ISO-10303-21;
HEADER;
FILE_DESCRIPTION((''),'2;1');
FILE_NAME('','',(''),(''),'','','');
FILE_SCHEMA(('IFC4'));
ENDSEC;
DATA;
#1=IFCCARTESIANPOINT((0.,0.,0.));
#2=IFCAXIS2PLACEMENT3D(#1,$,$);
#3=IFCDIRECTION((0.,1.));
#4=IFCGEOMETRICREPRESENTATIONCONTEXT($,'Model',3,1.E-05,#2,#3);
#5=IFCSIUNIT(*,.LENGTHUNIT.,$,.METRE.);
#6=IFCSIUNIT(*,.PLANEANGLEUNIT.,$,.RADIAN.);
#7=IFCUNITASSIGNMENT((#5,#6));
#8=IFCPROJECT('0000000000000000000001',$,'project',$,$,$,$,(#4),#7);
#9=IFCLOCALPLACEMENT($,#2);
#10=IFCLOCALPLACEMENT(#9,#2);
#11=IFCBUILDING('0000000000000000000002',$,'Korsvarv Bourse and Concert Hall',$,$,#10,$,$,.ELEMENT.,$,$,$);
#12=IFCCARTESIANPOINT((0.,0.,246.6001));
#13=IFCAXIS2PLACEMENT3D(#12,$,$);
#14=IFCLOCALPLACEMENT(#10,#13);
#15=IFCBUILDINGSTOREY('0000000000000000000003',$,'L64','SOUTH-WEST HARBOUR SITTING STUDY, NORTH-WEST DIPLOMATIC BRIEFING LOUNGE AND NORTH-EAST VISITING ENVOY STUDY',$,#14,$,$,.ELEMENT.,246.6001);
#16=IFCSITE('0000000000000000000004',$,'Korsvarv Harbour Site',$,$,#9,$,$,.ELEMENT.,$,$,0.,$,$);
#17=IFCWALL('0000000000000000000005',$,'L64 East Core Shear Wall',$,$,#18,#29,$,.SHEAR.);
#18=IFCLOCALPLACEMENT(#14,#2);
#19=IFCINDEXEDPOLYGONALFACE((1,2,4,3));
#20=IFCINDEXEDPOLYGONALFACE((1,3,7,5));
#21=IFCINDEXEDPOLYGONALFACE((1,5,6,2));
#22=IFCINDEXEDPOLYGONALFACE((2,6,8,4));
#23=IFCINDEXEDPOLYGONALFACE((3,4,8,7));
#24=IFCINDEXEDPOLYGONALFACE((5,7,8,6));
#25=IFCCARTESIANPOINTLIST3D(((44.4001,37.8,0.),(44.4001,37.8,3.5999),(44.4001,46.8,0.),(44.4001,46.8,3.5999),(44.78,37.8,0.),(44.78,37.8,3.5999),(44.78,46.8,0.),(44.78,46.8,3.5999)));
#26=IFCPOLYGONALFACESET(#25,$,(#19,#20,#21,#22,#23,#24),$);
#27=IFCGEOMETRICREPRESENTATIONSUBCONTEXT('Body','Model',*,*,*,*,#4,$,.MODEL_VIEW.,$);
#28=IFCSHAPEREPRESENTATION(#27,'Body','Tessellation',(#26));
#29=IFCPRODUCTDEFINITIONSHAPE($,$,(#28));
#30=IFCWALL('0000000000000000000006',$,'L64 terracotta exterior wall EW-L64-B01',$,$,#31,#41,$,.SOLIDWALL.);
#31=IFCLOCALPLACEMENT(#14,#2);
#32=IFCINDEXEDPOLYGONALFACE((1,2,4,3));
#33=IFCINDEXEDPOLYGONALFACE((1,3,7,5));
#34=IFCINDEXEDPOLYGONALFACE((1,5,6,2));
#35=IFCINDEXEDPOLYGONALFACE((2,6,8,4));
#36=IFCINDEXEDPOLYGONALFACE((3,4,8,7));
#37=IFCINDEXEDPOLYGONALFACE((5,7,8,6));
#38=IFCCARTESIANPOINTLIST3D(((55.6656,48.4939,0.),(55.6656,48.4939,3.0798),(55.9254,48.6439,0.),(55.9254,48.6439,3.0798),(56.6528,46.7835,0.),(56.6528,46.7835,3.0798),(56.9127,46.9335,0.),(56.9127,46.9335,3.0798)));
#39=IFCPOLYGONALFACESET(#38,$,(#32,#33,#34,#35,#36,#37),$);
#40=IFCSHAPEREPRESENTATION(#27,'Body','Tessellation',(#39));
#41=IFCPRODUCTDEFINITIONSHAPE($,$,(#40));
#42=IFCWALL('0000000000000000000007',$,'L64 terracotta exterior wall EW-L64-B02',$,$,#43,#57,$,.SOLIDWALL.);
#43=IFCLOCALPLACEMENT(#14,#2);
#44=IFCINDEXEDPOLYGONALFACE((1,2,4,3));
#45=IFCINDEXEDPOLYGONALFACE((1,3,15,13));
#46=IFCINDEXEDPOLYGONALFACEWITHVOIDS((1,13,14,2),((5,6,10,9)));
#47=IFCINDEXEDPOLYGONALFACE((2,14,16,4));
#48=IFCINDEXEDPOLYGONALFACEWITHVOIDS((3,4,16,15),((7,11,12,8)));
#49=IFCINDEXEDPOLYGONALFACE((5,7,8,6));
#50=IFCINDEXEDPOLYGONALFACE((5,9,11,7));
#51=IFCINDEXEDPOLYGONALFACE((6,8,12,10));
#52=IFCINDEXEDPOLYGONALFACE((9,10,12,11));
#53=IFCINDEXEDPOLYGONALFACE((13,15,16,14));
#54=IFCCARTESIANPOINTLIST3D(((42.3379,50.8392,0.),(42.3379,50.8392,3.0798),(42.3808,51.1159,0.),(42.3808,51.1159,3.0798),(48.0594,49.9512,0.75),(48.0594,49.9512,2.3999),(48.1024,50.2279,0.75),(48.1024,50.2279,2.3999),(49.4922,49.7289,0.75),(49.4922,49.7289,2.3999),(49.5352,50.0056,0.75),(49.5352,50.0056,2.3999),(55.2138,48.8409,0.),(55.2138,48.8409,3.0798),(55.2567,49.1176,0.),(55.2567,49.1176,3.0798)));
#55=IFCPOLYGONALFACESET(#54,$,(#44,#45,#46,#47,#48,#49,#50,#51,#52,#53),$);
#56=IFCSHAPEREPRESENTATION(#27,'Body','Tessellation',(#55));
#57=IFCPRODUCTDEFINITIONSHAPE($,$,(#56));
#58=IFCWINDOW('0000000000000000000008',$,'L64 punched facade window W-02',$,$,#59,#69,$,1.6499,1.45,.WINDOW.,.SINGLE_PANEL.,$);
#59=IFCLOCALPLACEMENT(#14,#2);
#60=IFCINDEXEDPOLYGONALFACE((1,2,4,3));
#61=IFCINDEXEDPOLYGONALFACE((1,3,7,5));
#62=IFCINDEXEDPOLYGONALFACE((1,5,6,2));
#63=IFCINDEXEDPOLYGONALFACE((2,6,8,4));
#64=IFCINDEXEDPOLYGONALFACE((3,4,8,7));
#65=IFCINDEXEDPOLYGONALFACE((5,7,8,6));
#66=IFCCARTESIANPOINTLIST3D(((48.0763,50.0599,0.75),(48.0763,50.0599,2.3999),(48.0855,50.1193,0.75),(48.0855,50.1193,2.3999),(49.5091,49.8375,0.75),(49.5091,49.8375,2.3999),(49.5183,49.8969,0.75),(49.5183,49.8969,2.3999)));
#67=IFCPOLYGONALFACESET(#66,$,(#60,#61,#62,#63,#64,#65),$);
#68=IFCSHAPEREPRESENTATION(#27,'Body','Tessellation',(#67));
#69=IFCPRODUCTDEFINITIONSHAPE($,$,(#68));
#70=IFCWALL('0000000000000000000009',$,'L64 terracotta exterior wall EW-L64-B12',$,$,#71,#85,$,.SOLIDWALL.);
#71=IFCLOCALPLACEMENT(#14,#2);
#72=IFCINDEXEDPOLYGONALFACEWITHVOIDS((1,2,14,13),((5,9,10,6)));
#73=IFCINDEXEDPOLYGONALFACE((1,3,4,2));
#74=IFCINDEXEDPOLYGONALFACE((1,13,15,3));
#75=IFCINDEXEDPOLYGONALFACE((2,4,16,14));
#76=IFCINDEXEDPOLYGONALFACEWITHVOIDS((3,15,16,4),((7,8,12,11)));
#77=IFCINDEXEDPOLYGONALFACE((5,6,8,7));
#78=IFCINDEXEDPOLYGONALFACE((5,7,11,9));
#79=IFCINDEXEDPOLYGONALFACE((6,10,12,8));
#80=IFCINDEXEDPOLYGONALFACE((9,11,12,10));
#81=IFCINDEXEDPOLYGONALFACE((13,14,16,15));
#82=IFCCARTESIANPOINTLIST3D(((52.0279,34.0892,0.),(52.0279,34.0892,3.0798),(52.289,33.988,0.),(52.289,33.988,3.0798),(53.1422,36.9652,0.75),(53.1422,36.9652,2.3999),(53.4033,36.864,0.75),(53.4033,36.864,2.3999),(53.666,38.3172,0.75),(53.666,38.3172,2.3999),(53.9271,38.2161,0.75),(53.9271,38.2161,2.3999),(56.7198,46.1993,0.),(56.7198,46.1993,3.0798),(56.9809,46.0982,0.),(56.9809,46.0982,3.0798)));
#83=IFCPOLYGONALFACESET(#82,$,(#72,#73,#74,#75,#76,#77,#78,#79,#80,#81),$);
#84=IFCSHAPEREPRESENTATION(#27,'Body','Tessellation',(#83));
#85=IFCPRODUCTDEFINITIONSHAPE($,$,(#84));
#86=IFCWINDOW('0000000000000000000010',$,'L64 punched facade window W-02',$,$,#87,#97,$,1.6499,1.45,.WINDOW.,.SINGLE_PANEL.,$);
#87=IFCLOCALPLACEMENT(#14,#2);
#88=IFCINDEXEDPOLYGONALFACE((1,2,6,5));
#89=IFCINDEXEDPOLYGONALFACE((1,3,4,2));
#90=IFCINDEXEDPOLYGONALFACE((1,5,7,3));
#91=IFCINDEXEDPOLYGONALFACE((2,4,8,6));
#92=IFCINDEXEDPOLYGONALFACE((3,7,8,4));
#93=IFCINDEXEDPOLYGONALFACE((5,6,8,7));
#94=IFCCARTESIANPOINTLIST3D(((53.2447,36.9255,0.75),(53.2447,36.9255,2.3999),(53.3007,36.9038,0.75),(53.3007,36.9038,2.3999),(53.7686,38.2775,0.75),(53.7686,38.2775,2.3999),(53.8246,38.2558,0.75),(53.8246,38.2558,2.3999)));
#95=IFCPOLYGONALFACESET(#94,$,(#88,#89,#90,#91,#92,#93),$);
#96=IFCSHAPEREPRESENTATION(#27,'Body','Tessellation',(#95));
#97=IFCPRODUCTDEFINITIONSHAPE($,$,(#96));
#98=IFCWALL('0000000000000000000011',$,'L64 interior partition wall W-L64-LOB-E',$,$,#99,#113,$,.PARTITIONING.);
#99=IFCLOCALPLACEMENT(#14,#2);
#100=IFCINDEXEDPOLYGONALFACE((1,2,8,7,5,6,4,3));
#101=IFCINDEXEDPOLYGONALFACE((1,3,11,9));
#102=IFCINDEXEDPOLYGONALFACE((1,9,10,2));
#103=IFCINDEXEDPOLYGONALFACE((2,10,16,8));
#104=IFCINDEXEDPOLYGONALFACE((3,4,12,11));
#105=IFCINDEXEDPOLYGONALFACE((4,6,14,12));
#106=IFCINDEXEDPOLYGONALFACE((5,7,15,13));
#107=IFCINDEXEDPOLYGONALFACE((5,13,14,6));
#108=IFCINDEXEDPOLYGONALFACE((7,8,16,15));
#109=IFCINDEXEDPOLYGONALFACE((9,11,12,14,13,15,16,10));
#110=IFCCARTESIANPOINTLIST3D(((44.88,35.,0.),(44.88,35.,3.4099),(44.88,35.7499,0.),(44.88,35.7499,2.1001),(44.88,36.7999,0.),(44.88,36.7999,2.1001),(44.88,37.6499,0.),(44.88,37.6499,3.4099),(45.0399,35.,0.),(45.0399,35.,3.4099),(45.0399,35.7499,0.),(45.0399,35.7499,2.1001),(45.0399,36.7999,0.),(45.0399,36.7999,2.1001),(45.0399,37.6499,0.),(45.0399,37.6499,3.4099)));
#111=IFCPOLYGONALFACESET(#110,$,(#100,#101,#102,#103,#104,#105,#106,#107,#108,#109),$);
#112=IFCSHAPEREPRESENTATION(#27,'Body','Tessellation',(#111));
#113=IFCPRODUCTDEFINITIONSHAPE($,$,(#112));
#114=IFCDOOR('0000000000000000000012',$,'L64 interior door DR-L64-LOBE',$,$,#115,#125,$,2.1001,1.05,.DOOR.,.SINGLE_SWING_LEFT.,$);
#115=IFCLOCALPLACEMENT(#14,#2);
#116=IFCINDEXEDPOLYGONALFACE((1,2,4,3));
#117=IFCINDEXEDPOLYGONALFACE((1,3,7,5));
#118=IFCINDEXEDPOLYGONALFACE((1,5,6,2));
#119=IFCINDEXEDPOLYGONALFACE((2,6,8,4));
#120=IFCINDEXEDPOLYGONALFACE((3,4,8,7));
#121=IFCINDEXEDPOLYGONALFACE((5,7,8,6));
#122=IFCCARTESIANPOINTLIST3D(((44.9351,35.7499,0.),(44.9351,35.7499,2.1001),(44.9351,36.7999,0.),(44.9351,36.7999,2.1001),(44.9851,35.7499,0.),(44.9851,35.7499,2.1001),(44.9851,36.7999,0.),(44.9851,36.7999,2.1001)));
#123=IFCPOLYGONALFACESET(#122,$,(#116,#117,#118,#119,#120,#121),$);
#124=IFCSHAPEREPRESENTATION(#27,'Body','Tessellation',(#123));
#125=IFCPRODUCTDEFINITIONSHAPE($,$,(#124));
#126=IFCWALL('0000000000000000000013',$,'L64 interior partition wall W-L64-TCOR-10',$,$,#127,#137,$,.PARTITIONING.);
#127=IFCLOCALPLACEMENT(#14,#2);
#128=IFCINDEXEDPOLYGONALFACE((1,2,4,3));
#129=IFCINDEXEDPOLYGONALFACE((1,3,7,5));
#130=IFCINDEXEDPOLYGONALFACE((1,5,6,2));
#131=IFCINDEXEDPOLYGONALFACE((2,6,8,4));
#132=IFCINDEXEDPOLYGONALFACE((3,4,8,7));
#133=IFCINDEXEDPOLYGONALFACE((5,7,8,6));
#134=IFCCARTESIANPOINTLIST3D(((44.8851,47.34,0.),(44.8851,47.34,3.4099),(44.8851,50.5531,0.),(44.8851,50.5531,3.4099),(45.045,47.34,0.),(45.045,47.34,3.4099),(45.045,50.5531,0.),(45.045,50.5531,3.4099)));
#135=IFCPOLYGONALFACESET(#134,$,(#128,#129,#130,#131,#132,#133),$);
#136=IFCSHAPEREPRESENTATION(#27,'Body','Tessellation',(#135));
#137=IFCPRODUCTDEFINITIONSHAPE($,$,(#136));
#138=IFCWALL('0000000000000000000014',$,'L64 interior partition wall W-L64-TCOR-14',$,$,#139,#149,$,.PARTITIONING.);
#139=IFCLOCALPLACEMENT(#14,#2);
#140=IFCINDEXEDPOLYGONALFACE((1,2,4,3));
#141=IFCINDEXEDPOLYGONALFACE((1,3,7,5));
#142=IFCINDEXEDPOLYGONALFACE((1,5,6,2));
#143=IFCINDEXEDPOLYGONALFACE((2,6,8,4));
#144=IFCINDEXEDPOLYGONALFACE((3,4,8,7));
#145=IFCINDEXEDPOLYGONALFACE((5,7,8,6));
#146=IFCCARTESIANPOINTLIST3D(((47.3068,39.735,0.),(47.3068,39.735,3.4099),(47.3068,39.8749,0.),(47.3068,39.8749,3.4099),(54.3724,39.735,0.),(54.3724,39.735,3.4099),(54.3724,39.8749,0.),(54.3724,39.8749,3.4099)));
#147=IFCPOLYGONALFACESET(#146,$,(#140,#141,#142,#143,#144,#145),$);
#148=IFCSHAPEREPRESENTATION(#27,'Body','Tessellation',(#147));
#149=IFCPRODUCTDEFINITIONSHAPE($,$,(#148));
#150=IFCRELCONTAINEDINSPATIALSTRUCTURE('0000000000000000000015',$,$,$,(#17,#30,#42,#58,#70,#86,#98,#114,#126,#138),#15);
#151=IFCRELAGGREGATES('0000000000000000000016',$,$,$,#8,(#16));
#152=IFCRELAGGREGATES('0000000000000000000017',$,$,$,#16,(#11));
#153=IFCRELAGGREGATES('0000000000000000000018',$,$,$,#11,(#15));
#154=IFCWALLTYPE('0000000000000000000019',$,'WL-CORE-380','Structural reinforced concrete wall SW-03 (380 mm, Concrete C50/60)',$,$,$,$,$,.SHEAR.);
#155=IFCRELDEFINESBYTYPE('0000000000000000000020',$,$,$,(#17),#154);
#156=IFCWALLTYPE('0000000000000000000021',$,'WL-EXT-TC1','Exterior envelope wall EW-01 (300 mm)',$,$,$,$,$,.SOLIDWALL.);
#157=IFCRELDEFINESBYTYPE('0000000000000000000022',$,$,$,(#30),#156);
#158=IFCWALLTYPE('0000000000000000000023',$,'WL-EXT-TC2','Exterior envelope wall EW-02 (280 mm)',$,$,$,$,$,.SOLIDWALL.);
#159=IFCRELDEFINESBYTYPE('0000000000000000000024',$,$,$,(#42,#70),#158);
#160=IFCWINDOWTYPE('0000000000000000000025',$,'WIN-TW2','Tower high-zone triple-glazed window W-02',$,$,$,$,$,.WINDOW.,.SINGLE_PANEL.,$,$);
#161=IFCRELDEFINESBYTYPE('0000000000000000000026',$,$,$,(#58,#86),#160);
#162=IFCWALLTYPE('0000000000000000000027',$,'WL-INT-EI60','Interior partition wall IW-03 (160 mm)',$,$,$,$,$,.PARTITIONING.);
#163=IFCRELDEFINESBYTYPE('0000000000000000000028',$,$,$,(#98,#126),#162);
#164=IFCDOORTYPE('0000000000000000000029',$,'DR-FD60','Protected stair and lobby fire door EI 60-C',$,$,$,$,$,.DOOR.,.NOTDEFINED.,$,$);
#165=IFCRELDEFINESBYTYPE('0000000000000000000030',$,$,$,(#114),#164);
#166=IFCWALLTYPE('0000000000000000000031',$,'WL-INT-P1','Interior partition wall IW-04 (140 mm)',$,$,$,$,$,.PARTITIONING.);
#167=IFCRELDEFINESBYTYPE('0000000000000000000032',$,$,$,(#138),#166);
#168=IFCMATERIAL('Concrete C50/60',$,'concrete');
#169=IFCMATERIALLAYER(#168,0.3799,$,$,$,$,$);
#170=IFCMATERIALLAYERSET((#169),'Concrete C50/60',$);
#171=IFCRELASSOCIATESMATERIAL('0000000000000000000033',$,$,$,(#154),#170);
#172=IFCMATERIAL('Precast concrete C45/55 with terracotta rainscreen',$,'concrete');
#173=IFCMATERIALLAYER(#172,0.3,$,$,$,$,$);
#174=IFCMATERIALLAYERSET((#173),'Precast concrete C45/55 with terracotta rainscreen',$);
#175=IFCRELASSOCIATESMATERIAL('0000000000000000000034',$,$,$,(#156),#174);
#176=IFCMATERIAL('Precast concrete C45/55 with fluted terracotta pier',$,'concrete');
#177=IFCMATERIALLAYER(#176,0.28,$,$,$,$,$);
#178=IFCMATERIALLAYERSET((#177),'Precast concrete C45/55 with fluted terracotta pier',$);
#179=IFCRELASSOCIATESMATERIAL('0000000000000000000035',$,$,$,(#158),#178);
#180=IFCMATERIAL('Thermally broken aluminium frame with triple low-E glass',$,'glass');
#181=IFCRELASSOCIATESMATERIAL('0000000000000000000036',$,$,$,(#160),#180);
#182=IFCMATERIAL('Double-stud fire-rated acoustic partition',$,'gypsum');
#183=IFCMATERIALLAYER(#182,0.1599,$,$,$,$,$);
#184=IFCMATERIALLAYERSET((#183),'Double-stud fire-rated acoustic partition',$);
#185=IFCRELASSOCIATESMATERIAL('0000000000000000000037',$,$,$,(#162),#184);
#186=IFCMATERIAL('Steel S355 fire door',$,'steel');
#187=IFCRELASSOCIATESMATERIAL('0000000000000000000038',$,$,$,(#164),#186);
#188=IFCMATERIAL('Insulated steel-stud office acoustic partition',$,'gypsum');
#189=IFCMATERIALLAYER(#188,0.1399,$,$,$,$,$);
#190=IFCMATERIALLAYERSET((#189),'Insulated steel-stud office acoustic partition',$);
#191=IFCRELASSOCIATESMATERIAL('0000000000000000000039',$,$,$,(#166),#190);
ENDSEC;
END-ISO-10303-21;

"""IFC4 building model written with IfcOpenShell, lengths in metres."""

from ifc_helpers import new_model, si_unit, direction, frame, frame_2d, origin, place, context, subcontext, project, spatial, rectangle, extrude, material, layer, layer_set, type_object, element, fill, save


model = new_model("IFC4")

# Units and contexts
model_context = context("Model", 3, precision=1e-05, world=origin(), true_north=direction((0.0, 1.0)))
body_context = subcontext(model_context, "Body", "Model", "MODEL_VIEW")
ifc_project = project(units=[si_unit("LENGTHUNIT", "METRE"), si_unit("PLANEANGLEUNIT", "RADIAN")], contexts=[model_context])

# Site, building, storey
site_placement = place(None, origin())
site = spatial("IfcSite", under=ifc_project, at=site_placement, Name="Korsvarv Harbour Site", CompositionType="ELEMENT", RefElevation=0.0)
building_placement = place(site_placement, origin())
building = spatial("IfcBuilding", under=site, at=building_placement, Name="Korsvarv Bourse and Concert Hall", CompositionType="ELEMENT")
storey_placement = place(building_placement, frame((0.0, 0.0, 246.6001)))
storey = spatial("IfcBuildingStorey", under=building, at=storey_placement, Name="L64", Description="SOUTH-WEST HARBOUR SITTING STUDY, NORTH-WEST DIPLOMATIC BRIEFING LOUNGE AND NORTH-EAST VISITING ENVOY STUDY", CompositionType="ELEMENT", Elevation=246.6001)

# Shared definitions
ifc_material_1 = material(Name="Concrete C50/60", Category="concrete")

# Walls
ifc_layer_1 = layer(ifc_material_1, 0.3799)
ifc_layer_set_1 = layer_set([ifc_layer_1], Name="Concrete C50/60")
wall_type_1 = type_object("IfcWallType", Name="WL-CORE-380", Description="Structural reinforced concrete wall SW-03 (380 mm, Concrete C50/60)", PredefinedType="SHEAR", material=ifc_layer_set_1)
wall_1_placement = place(storey_placement, frame((44.5901, 37.8, 0.0), z_axis=(0.0, 0.0, 1.0), x_axis=(0.0, 1.0, 0.0)))
element("IfcWall", 1, at=wall_1_placement, inside=storey, type_object=wall_type_1, Name="L64 East Core Shear Wall", PredefinedType="SHEAR", context=body_context, shape_type="SweptSolid", body=[
    extrude(rectangle(XDim=9.0, YDim=0.3799, at=frame_2d((4.5, 0.0))), origin(), (0.0, 0.0, 1.0), 3.5999),
])
ifc_material_2 = material(Name="Precast concrete C45/55 with terracotta rainscreen", Category="concrete")
ifc_layer_2 = layer(ifc_material_2, 0.3)
ifc_layer_set_2 = layer_set([ifc_layer_2], Name="Precast concrete C45/55 with terracotta rainscreen")
wall_type_2 = type_object("IfcWallType", Name="WL-EXT-TC1", Description="Exterior envelope wall EW-01 (300 mm)", PredefinedType="SOLIDWALL", material=ifc_layer_set_2)
wall_2_placement = place(storey_placement, frame((56.7827, 46.8586, 0.0), z_axis=(0.0, 0.0, 1.0), x_axis=(-0.499915, 0.866074, 0.0)))
element("IfcWall", 2, at=wall_2_placement, inside=storey, type_object=wall_type_2, Name="L64 terracotta exterior wall EW-L64-B01", PredefinedType="SOLIDWALL", context=body_context, shape_type="SweptSolid", body=[
    extrude(rectangle(XDim=1.9749, YDim=0.3, at=frame_2d((0.9873, 0.0))), origin(), (0.0, 0.0, 1.0), 3.0798),
])

# Walls, openings, windows
ifc_material_3 = material(Name="Precast concrete C45/55 with fluted terracotta pier", Category="concrete")
ifc_layer_3 = layer(ifc_material_3, 0.28)
ifc_layer_set_3 = layer_set([ifc_layer_3], Name="Precast concrete C45/55 with fluted terracotta pier")
wall_type_3 = type_object("IfcWallType", Name="WL-EXT-TC2", Description="Exterior envelope wall EW-02 (280 mm)", PredefinedType="SOLIDWALL", material=ifc_layer_set_3)
wall_3_placement = place(storey_placement, frame((55.2354, 48.9792, 0.0), z_axis=(0.0, 0.0, 1.0), x_axis=(-0.98817, 0.153359, 0.0)))
wall_3 = element("IfcWall", 3, at=wall_3_placement, inside=storey, type_object=wall_type_3, Name="L64 terracotta exterior wall EW-L64-B02", PredefinedType="SOLIDWALL", context=body_context, shape_type="SweptSolid", body=[
    extrude(rectangle(XDim=13.03, YDim=0.28, at=frame_2d((6.5151, 0.0))), origin(), (0.0, 0.0, 1.0), 3.0798),
])
opening_1_placement = place(wall_3_placement, frame((5.79, 0.0, 0.75)))
opening_1 = element("IfcOpeningElement", 4, at=opening_1_placement, cuts=wall_3, PredefinedType="OPENING", context=body_context, shape_type="SweptSolid", body=[
    extrude(rectangle(XDim=1.45, YDim=1.6499, at=frame_2d((0.7251, 0.825))), frame((0.0, 0.1499, 0.0), z_axis=(0.0, -1.0, 0.0), x_axis=(1.0, 0.0, 0.0)), (0.0, 0.0, 1.0), 0.3),
])
ifc_material_4 = material(Name="Thermally broken aluminium frame with triple low-E glass", Category="glass")
window_type = type_object("IfcWindowType", Name="WIN-TW2", Description="Tower high-zone triple-glazed window W-02", PartitioningType="SINGLE_PANEL", PredefinedType="WINDOW", material=ifc_material_4)
window_1_placement = place(opening_1_placement, origin())
window_1 = element("IfcWindow", 5, at=window_1_placement, inside=storey, type_object=window_type, Name="L64 punched facade window W-02", OverallHeight=1.6499, OverallWidth=1.45, PartitioningType="SINGLE_PANEL", PredefinedType="WINDOW", context=body_context, shape_type="SweptSolid", body=[
    extrude(rectangle(XDim=1.45, YDim=1.6499, at=frame_2d((0.7251, 0.825))), frame((0.0, 0.03, 0.0), z_axis=(0.0, -1.0, 0.0), x_axis=(1.0, 0.0, 0.0)), (0.0, 0.0, 1.0), 0.0601),
])
fill(opening_1, window_1)
wall_4_placement = place(storey_placement, frame((52.1584, 34.0386, 0.0), z_axis=(0.0, 0.0, 1.0), x_axis=(0.361269, 0.932461, 0.0)))
wall_4 = element("IfcWall", 6, at=wall_4_placement, inside=storey, type_object=wall_type_3, Name="L64 terracotta exterior wall EW-L64-B12", PredefinedType="SOLIDWALL", context=body_context, shape_type="SweptSolid", body=[
    extrude(rectangle(XDim=12.9873, YDim=0.28, at=frame_2d((6.4937, 0.0))), origin(), (0.0, 0.0, 1.0), 3.0798),
])
opening_2_placement = place(wall_4_placement, frame((3.0842, 0.0, 0.75)))
opening_2 = element("IfcOpeningElement", 7, at=opening_2_placement, cuts=wall_4, PredefinedType="OPENING", context=body_context, shape_type="SweptSolid", body=[
    extrude(rectangle(XDim=1.45, YDim=1.6499, at=frame_2d((0.7251, 0.825))), frame((0.0, 0.1499, 0.0), z_axis=(0.0, -1.0, 0.0), x_axis=(1.0, 0.0, 0.0)), (0.0, 0.0, 1.0), 0.3),
])
window_2_placement = place(opening_2_placement, origin())
window_2 = element("IfcWindow", 8, at=window_2_placement, inside=storey, type_object=window_type, Name="L64 punched facade window W-02", OverallHeight=1.6499, OverallWidth=1.45, PartitioningType="SINGLE_PANEL", PredefinedType="WINDOW", context=body_context, shape_type="SweptSolid", body=[
    extrude(rectangle(XDim=1.45, YDim=1.6499, at=frame_2d((0.7251, 0.825))), frame((0.0, 0.03, 0.0), z_axis=(0.0, -1.0, 0.0), x_axis=(1.0, 0.0, 0.0)), (0.0, 0.0, 1.0), 0.0601),
])
fill(opening_2, window_2)

# Wall, opening, door
ifc_material_5 = material(Name="Double-stud fire-rated acoustic partition", Category="gypsum")
ifc_layer_4 = layer(ifc_material_5, 0.1599)
ifc_layer_set_4 = layer_set([ifc_layer_4], Name="Double-stud fire-rated acoustic partition")
wall_type_4 = type_object("IfcWallType", Name="WL-INT-EI60", Description="Interior partition wall IW-03 (160 mm)", PredefinedType="PARTITIONING", material=ifc_layer_set_4)
wall_5_placement = place(storey_placement, frame((44.96, 35.0, 0.0), z_axis=(0.0, 0.0, 1.0), x_axis=(0.0, 1.0, 0.0)))
wall_5 = element("IfcWall", 9, at=wall_5_placement, inside=storey, type_object=wall_type_4, Name="L64 interior partition wall W-L64-LOB-E", PredefinedType="PARTITIONING", context=body_context, shape_type="SweptSolid", body=[
    extrude(rectangle(XDim=2.6499, YDim=0.1599, at=frame_2d((1.325, 0.0))), origin(), (0.0, 0.0, 1.0), 3.4099),
])
opening_3_placement = place(wall_5_placement, frame((0.75, 0.0, 0.0)))
opening_3 = element("IfcOpeningElement", 10, at=opening_3_placement, cuts=wall_5, PredefinedType="OPENING", context=body_context, shape_type="SweptSolid", body=[
    extrude(rectangle(XDim=1.05, YDim=2.1001, at=frame_2d((0.5249, 1.05))), frame((0.0, 0.0898, 0.0), z_axis=(0.0, -1.0, 0.0), x_axis=(1.0, 0.0, 0.0)), (0.0, 0.0, 1.0), 0.1799),
])
ifc_material_6 = material(Name="Steel S355 fire door", Category="steel")
door_type = type_object("IfcDoorType", Name="DR-FD60", Description="Protected stair and lobby fire door EI 60-C", OperationType="NOTDEFINED", PredefinedType="DOOR", material=ifc_material_6)
door_placement = place(opening_3_placement, origin())
door = element("IfcDoor", 11, at=door_placement, inside=storey, type_object=door_type, Name="L64 interior door DR-L64-LOBE", OperationType="SINGLE_SWING_LEFT", OverallHeight=2.1001, OverallWidth=1.05, PredefinedType="DOOR", context=body_context, shape_type="SweptSolid", body=[
    extrude(rectangle(XDim=1.05, YDim=2.1001, at=frame_2d((0.5249, 1.05))), frame((0.0, 0.0249, 0.0), z_axis=(0.0, -1.0, 0.0), x_axis=(1.0, 0.0, 0.0)), (0.0, 0.0, 1.0), 0.05),
])
fill(opening_3, door)

# Walls
wall_6_placement = place(storey_placement, frame((44.9651, 47.3401, 0.0), z_axis=(0.0, 0.0, 1.0), x_axis=(0.0, 1.0, 0.0)))
element("IfcWall", 12, at=wall_6_placement, inside=storey, type_object=wall_type_4, Name="L64 interior partition wall W-L64-TCOR-10", PredefinedType="PARTITIONING", context=body_context, shape_type="SweptSolid", body=[
    extrude(rectangle(XDim=3.2131, YDim=0.1599, at=frame_2d((1.6064, 0.0))), origin(), (0.0, 0.0, 1.0), 3.4099),
])
ifc_material_7 = material(Name="Insulated steel-stud office acoustic partition", Category="gypsum")
ifc_layer_5 = layer(ifc_material_7, 0.1399)
ifc_layer_set_5 = layer_set([ifc_layer_5], Name="Insulated steel-stud office acoustic partition")
wall_type_5 = type_object("IfcWallType", Name="WL-INT-P1", Description="Interior partition wall IW-04 (140 mm)", PredefinedType="PARTITIONING", material=ifc_layer_set_5)
wall_7_placement = place(storey_placement, frame((47.3069, 39.8049, 0.0), z_axis=(0.0, 0.0, 1.0), x_axis=(1.0, 0.0, 0.0)))
element("IfcWall", 13, at=wall_7_placement, inside=storey, type_object=wall_type_5, Name="L64 interior partition wall W-L64-TCOR-14", PredefinedType="PARTITIONING", context=body_context, shape_type="SweptSolid", body=[
    extrude(rectangle(XDim=7.0657, YDim=0.1399, at=frame_2d((3.5327, 0.0))), origin(), (0.0, 0.0, 1.0), 3.4099),
])

save(model, "model.ifc")
